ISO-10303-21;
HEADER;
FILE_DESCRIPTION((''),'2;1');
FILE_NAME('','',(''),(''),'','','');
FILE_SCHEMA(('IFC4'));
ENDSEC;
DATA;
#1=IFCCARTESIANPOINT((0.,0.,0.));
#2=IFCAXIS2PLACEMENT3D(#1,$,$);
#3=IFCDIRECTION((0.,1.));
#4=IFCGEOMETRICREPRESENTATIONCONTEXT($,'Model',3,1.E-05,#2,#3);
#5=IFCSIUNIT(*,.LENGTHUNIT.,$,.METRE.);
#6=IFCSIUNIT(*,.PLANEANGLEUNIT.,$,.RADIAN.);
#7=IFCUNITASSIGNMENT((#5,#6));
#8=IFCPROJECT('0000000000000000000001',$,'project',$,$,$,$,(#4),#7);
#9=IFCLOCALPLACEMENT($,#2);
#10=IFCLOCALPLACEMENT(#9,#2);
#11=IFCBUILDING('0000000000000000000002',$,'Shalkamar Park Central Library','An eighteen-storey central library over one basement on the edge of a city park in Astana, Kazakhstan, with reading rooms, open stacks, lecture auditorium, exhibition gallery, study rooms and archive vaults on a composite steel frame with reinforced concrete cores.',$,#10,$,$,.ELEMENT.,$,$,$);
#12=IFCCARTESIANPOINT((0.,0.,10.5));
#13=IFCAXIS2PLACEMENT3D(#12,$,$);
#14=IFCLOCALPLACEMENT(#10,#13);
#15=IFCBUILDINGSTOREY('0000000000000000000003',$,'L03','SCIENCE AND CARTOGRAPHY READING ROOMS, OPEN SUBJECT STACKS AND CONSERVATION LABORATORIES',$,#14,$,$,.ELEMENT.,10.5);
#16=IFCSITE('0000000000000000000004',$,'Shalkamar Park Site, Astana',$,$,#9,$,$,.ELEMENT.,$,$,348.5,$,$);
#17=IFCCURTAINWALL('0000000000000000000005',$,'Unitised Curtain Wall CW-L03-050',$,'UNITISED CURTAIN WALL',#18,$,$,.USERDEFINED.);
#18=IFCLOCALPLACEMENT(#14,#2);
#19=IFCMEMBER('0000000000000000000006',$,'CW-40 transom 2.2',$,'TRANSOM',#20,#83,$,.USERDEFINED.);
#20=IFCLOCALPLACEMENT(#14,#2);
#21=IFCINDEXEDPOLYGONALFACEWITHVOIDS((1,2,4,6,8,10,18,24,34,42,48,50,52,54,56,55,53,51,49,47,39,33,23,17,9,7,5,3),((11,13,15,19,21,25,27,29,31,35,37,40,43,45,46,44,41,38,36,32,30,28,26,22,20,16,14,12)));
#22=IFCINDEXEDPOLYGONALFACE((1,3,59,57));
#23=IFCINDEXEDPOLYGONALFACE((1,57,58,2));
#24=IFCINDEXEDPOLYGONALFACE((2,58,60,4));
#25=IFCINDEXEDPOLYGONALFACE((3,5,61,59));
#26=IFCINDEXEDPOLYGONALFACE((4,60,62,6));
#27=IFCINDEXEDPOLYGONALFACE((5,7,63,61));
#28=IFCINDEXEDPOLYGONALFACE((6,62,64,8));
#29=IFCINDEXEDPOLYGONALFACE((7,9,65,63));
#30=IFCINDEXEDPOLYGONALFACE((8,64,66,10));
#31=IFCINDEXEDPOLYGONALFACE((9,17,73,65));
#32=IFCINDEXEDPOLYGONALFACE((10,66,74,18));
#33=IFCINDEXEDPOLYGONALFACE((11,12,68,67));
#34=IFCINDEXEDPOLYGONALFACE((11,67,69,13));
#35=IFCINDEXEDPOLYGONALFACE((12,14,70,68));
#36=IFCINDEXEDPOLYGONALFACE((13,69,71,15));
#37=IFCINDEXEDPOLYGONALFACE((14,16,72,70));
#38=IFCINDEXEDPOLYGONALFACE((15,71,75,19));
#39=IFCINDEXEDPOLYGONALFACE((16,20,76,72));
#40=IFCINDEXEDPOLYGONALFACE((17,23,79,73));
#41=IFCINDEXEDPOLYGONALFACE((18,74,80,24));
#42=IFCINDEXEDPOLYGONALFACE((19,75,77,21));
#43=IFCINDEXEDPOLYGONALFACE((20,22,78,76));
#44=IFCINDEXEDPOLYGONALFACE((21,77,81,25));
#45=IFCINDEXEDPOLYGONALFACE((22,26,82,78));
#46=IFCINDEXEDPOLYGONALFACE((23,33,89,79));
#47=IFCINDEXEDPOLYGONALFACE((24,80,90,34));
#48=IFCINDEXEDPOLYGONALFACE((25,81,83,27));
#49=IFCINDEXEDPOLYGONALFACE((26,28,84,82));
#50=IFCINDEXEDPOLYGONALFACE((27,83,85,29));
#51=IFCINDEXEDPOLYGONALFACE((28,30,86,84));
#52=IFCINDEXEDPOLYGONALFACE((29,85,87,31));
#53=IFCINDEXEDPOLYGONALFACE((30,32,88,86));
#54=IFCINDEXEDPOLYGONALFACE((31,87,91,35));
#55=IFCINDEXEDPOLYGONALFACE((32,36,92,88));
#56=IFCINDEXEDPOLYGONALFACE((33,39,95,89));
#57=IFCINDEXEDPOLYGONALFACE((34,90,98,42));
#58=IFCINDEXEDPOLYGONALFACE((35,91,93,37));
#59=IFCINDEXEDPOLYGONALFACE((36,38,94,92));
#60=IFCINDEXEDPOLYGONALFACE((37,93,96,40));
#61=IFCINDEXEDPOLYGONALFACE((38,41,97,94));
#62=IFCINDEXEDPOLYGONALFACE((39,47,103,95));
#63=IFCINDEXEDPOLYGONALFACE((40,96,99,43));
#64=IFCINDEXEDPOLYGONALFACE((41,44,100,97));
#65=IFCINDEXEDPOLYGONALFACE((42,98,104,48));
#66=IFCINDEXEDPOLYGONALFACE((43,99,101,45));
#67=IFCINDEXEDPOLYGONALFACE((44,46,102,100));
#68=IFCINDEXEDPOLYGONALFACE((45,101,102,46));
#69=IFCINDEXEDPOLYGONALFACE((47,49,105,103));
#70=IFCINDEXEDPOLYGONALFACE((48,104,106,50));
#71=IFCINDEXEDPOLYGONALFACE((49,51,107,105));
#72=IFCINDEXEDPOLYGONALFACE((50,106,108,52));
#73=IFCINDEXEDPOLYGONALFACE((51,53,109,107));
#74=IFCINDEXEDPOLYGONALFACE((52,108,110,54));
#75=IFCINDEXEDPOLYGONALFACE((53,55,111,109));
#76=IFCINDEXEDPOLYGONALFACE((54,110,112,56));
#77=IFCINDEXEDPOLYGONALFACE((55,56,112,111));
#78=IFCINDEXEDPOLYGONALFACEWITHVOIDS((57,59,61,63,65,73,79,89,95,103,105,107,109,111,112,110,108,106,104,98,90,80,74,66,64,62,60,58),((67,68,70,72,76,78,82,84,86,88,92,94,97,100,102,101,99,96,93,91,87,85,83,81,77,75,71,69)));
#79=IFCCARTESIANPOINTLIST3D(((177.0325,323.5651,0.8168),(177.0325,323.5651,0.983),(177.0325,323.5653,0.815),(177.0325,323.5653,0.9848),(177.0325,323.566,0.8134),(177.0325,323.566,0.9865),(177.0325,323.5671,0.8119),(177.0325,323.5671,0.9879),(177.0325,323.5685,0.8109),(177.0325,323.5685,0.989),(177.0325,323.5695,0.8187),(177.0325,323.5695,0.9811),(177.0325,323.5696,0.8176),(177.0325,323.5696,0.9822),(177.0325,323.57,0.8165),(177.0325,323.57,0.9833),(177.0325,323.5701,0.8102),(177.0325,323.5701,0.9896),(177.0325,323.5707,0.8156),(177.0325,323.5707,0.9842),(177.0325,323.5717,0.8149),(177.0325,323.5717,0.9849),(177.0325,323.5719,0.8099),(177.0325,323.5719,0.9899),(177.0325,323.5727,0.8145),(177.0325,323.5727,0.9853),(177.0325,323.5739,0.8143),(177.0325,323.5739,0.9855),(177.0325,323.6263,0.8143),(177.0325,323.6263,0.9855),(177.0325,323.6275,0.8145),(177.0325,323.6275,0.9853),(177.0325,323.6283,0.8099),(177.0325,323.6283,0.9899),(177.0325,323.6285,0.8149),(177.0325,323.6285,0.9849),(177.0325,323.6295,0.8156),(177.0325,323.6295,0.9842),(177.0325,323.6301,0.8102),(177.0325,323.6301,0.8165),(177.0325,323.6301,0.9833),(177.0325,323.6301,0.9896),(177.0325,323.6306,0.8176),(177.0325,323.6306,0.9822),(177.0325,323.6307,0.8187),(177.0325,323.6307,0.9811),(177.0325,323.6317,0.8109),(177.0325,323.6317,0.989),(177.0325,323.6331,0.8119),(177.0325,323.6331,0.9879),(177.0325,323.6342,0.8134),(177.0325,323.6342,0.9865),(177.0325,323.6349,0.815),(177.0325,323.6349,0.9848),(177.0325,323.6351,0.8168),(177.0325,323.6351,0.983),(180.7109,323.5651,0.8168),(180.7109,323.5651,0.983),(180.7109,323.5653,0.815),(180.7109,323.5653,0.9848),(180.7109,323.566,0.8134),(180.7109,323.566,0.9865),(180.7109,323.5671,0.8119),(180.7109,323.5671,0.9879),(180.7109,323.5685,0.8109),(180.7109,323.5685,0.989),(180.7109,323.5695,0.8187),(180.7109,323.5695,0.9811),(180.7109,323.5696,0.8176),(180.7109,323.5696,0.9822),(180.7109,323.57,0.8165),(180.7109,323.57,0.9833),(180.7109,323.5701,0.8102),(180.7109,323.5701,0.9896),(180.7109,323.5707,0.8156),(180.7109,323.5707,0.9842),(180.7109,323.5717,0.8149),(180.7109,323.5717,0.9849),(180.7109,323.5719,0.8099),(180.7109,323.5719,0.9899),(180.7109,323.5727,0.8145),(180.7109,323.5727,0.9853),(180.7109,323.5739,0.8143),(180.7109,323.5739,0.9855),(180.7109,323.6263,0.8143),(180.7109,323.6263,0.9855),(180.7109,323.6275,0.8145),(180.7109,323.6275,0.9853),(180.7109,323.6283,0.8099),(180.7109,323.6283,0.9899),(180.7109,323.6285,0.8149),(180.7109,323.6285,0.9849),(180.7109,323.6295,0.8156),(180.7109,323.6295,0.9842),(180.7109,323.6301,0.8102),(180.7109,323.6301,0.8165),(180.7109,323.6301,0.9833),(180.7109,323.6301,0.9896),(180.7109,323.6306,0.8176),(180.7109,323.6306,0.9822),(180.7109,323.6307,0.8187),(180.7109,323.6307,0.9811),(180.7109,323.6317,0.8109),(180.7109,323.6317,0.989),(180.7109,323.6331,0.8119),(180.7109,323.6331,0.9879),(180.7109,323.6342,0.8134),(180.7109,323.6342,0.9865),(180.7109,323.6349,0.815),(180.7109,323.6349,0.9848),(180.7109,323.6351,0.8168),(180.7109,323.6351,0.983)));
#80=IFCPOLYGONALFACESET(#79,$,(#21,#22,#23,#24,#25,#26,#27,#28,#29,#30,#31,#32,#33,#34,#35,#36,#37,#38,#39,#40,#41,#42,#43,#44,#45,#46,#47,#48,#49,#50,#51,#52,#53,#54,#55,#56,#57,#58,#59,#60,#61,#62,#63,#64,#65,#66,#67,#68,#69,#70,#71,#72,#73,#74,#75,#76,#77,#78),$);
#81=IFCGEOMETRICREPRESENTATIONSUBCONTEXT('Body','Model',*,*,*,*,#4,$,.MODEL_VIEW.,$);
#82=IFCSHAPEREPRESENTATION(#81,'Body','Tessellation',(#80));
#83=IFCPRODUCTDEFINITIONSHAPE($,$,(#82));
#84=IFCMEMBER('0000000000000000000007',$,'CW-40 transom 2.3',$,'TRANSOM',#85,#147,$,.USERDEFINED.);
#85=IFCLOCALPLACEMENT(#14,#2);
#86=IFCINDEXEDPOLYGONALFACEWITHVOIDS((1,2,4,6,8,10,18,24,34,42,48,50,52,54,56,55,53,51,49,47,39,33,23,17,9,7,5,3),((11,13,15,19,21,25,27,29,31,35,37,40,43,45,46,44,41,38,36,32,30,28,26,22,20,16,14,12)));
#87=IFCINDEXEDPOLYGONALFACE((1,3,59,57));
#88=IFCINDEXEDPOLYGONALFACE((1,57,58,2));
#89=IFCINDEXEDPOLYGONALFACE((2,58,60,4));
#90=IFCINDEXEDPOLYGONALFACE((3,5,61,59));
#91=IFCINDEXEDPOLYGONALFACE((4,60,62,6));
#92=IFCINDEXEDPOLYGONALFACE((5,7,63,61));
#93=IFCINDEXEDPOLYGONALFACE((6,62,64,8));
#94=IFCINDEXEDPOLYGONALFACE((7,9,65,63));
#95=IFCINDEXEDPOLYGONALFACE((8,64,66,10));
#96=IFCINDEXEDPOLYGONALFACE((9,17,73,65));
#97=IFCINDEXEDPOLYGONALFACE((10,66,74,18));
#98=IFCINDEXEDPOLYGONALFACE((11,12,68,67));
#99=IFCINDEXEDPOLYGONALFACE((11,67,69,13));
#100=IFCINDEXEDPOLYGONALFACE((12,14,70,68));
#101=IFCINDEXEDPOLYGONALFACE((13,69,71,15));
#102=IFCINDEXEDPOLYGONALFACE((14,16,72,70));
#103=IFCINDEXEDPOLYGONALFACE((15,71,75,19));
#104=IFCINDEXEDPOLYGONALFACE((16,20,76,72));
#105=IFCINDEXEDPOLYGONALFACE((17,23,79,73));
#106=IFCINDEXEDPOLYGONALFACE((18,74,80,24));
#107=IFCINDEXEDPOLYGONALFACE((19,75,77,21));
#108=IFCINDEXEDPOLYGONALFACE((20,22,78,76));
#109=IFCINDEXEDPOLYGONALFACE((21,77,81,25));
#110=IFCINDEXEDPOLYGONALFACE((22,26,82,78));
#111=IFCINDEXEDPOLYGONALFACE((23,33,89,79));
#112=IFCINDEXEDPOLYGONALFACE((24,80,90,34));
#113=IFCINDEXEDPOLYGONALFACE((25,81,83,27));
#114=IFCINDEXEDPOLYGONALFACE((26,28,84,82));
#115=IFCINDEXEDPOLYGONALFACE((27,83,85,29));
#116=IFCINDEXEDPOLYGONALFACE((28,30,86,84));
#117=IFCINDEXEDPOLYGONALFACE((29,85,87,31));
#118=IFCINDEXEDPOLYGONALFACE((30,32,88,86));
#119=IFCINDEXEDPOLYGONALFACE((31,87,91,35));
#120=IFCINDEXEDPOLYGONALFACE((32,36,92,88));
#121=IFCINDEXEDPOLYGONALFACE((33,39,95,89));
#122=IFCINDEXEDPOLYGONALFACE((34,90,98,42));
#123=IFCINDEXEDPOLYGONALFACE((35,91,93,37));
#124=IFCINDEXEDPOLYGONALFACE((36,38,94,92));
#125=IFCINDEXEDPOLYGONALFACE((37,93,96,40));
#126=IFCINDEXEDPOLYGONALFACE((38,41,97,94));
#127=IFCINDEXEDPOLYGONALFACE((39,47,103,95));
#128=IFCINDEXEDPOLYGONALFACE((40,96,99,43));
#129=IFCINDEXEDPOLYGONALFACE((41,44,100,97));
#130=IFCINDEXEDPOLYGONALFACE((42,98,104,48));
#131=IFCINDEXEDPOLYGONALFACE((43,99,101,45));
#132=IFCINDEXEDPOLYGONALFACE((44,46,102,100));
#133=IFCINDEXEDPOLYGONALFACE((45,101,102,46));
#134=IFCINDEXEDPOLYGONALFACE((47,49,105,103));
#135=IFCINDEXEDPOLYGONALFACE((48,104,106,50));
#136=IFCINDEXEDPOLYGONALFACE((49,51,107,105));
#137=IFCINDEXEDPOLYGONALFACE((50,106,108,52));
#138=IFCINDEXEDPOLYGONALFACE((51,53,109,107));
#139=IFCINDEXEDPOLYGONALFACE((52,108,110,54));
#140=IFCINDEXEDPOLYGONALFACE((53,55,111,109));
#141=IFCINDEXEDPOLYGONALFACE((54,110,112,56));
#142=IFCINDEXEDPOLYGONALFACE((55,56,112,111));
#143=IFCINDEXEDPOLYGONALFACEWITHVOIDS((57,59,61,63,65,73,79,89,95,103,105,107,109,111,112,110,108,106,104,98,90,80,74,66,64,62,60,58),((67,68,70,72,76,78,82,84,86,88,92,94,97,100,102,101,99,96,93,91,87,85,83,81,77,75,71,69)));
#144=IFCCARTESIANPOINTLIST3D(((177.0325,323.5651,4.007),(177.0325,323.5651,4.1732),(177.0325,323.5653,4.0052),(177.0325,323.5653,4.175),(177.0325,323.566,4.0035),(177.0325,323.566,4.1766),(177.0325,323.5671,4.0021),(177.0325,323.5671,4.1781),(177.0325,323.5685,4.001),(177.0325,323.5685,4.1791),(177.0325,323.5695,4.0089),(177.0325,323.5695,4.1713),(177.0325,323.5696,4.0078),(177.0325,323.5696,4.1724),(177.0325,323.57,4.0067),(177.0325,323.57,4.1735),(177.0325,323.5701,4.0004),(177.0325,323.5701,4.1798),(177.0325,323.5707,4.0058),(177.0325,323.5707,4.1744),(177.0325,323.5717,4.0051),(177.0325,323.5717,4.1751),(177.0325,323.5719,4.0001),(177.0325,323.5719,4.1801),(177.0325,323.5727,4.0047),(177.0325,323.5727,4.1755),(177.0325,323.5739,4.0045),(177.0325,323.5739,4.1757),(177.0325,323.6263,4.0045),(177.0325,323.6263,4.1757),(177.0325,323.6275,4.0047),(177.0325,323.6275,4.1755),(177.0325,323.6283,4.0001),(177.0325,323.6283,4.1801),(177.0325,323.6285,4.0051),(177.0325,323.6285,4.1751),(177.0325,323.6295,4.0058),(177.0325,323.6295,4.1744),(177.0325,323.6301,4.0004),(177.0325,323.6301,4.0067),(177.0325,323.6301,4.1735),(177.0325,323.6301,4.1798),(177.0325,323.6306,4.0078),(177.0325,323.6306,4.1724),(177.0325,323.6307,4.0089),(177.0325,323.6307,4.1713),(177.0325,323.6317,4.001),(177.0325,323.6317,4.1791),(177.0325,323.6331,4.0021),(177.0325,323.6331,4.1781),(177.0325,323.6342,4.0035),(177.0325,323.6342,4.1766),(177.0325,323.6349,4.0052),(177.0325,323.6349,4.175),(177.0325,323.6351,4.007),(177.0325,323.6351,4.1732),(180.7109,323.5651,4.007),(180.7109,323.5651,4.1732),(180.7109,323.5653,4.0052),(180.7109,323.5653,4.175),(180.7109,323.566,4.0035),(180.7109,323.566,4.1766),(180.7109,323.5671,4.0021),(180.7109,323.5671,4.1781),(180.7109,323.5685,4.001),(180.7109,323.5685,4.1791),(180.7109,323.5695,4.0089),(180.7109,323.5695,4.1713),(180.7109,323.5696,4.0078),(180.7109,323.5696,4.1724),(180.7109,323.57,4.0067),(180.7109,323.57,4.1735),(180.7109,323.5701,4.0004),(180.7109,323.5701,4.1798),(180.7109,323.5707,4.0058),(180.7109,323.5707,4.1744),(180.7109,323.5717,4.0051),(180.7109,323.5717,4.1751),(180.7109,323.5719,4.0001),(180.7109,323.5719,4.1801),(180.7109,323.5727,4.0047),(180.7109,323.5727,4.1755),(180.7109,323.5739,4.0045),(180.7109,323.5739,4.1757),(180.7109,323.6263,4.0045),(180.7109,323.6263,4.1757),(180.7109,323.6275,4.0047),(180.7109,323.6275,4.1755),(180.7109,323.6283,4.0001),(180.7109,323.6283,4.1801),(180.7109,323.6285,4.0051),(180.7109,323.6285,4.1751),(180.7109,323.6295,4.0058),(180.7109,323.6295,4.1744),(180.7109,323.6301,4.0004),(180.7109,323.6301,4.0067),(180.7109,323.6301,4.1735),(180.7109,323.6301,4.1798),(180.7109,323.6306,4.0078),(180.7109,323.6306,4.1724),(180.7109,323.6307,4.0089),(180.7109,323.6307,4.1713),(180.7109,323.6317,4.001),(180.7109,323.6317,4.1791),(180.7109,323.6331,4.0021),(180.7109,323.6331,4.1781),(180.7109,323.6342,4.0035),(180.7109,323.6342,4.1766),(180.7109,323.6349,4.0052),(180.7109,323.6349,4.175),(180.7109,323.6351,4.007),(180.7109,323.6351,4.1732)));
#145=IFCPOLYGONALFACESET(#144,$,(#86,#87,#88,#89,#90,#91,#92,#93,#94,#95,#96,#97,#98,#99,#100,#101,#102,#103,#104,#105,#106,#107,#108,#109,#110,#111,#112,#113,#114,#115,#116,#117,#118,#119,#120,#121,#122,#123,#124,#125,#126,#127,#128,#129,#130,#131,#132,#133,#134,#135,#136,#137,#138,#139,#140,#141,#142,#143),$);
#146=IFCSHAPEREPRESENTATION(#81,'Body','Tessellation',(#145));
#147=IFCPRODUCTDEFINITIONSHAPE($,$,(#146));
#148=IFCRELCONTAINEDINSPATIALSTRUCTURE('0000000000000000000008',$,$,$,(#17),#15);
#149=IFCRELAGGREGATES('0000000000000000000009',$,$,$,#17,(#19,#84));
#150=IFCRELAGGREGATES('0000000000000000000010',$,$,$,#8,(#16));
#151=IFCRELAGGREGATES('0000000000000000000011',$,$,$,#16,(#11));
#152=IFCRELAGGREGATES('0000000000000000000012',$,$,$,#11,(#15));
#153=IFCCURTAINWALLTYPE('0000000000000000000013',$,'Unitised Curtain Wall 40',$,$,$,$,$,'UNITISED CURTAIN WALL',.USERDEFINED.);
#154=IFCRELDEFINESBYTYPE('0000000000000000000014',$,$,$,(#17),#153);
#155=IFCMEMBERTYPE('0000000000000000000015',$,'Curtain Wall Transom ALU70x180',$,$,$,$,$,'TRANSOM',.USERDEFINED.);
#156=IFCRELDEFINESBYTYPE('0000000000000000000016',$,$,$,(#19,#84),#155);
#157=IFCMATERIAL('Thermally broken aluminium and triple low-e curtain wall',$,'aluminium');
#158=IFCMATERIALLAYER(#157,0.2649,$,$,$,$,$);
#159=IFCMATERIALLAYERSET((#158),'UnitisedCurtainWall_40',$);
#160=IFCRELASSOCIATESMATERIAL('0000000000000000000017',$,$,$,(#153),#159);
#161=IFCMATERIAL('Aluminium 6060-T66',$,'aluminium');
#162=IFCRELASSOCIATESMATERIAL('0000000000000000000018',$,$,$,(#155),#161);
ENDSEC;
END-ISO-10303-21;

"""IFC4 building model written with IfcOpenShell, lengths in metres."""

from ifc_helpers import new_model, si_unit, direction, frame, origin, origin_2d, place, context, subcontext, project, spatial, hollow_rectangle, extrude, material, layer, layer_set, material_profile, profile_set, type_object, element, aggregate, save


model = new_model("IFC4")

# Units and contexts
model_context = context("Model", 3, precision=1e-05, world=origin(), true_north=direction((0.0, 1.0)))
body_context = subcontext(model_context, "Body", "Model", "MODEL_VIEW")
ifc_project = project(units=[si_unit("LENGTHUNIT", "METRE"), si_unit("PLANEANGLEUNIT", "RADIAN")], contexts=[model_context])

# Site, building, storey
site_placement = place(None, origin())
site = spatial("IfcSite", under=ifc_project, at=site_placement, Name="Shalkamar Park Site, Astana", CompositionType="ELEMENT", RefElevation=348.5)
building_placement = place(site_placement, origin())
building = spatial("IfcBuilding", under=site, at=building_placement, Name="Shalkamar Park Central Library", Description="An eighteen-storey central library over one basement on the edge of a city park in Astana, Kazakhstan, with reading rooms, open stacks, lecture auditorium, exhibition gallery, study rooms and archive vaults on a composite steel frame with reinforced concrete cores.", CompositionType="ELEMENT")
storey_placement = place(building_placement, frame((0.0, 0.0, 10.5)))
storey = spatial("IfcBuildingStorey", under=building, at=storey_placement, Name="L03", Description="SCIENCE AND CARTOGRAPHY READING ROOMS, OPEN SUBJECT STACKS AND CONSERVATION LABORATORIES", CompositionType="ELEMENT", Elevation=10.5)

# Shared definitions
ifc_material_1 = material(Name="Thermally broken aluminium and triple low-e curtain wall", Category="aluminium")
ifc_material_2 = material(Name="Aluminium 6060-T66", Category="aluminium")

# Curtain wall, members
ifc_layer_1 = layer(ifc_material_1, 0.2649)
ifc_layer_set_1 = layer_set([ifc_layer_1], Name="UnitisedCurtainWall_40")
curtain_wall_type_1 = type_object("IfcCurtainWallType", Name="Unitised Curtain Wall 40", ElementType="UNITISED CURTAIN WALL", PredefinedType="USERDEFINED", material=ifc_layer_set_1)
curtain_wall_1_placement = place(storey_placement, origin())
curtain_wall_1 = element("IfcCurtainWall", 1, at=curtain_wall_1_placement, inside=storey, type_object=curtain_wall_type_1, Name="Unitised Curtain Wall CW-L03-050", ObjectType="UNITISED CURTAIN WALL", PredefinedType="USERDEFINED")
ifc_material_profile_1 = material_profile(ifc_material_2, hollow_rectangle(XDim=0.0701, YDim=0.1799, WallThickness=0.0044, InnerFilletRadius=0.0044, OuterFilletRadius=0.0068, at=origin_2d()), Name="ALU 70x180x4.5")
ifc_profile_set_1 = profile_set([ifc_material_profile_1], Name="Aluminium 6060-T66")
member_type_1 = type_object("IfcMemberType", Name="Curtain Wall Transom ALU70x180", ElementType="TRANSOM", PredefinedType="USERDEFINED", material=ifc_profile_set_1)
member_1_placement = place(storey_placement, frame((177.0325, 323.6001, 0.8999), z_axis=(1.0, 0.0, 0.0), x_axis=(0.0, 1.0, 0.0)))
member_1 = element("IfcMember", 2, at=member_1_placement, type_object=member_type_1, Name="CW-40 transom 2.2", ObjectType="TRANSOM", PredefinedType="USERDEFINED", context=body_context, shape_type="SweptSolid", body=[
    extrude(hollow_rectangle(XDim=0.0701, YDim=0.1799, WallThickness=0.0044, InnerFilletRadius=0.0044, OuterFilletRadius=0.0068, at=origin_2d()), origin(), (0.0, 0.0, 1.0), 3.6785),
])
member_2_placement = place(storey_placement, frame((177.0325, 323.6001, 4.0901), z_axis=(1.0, 0.0, 0.0), x_axis=(0.0, 1.0, 0.0)))
member_2 = element("IfcMember", 3, at=member_2_placement, type_object=member_type_1, Name="CW-40 transom 2.3", ObjectType="TRANSOM", PredefinedType="USERDEFINED", context=body_context, shape_type="SweptSolid", body=[
    extrude(hollow_rectangle(XDim=0.0701, YDim=0.1799, WallThickness=0.0044, InnerFilletRadius=0.0044, OuterFilletRadius=0.0068, at=origin_2d()), origin(), (0.0, 0.0, 1.0), 3.6785),
])

aggregate(curtain_wall_1, [member_1, member_2])

save(model, "model.ifc")
